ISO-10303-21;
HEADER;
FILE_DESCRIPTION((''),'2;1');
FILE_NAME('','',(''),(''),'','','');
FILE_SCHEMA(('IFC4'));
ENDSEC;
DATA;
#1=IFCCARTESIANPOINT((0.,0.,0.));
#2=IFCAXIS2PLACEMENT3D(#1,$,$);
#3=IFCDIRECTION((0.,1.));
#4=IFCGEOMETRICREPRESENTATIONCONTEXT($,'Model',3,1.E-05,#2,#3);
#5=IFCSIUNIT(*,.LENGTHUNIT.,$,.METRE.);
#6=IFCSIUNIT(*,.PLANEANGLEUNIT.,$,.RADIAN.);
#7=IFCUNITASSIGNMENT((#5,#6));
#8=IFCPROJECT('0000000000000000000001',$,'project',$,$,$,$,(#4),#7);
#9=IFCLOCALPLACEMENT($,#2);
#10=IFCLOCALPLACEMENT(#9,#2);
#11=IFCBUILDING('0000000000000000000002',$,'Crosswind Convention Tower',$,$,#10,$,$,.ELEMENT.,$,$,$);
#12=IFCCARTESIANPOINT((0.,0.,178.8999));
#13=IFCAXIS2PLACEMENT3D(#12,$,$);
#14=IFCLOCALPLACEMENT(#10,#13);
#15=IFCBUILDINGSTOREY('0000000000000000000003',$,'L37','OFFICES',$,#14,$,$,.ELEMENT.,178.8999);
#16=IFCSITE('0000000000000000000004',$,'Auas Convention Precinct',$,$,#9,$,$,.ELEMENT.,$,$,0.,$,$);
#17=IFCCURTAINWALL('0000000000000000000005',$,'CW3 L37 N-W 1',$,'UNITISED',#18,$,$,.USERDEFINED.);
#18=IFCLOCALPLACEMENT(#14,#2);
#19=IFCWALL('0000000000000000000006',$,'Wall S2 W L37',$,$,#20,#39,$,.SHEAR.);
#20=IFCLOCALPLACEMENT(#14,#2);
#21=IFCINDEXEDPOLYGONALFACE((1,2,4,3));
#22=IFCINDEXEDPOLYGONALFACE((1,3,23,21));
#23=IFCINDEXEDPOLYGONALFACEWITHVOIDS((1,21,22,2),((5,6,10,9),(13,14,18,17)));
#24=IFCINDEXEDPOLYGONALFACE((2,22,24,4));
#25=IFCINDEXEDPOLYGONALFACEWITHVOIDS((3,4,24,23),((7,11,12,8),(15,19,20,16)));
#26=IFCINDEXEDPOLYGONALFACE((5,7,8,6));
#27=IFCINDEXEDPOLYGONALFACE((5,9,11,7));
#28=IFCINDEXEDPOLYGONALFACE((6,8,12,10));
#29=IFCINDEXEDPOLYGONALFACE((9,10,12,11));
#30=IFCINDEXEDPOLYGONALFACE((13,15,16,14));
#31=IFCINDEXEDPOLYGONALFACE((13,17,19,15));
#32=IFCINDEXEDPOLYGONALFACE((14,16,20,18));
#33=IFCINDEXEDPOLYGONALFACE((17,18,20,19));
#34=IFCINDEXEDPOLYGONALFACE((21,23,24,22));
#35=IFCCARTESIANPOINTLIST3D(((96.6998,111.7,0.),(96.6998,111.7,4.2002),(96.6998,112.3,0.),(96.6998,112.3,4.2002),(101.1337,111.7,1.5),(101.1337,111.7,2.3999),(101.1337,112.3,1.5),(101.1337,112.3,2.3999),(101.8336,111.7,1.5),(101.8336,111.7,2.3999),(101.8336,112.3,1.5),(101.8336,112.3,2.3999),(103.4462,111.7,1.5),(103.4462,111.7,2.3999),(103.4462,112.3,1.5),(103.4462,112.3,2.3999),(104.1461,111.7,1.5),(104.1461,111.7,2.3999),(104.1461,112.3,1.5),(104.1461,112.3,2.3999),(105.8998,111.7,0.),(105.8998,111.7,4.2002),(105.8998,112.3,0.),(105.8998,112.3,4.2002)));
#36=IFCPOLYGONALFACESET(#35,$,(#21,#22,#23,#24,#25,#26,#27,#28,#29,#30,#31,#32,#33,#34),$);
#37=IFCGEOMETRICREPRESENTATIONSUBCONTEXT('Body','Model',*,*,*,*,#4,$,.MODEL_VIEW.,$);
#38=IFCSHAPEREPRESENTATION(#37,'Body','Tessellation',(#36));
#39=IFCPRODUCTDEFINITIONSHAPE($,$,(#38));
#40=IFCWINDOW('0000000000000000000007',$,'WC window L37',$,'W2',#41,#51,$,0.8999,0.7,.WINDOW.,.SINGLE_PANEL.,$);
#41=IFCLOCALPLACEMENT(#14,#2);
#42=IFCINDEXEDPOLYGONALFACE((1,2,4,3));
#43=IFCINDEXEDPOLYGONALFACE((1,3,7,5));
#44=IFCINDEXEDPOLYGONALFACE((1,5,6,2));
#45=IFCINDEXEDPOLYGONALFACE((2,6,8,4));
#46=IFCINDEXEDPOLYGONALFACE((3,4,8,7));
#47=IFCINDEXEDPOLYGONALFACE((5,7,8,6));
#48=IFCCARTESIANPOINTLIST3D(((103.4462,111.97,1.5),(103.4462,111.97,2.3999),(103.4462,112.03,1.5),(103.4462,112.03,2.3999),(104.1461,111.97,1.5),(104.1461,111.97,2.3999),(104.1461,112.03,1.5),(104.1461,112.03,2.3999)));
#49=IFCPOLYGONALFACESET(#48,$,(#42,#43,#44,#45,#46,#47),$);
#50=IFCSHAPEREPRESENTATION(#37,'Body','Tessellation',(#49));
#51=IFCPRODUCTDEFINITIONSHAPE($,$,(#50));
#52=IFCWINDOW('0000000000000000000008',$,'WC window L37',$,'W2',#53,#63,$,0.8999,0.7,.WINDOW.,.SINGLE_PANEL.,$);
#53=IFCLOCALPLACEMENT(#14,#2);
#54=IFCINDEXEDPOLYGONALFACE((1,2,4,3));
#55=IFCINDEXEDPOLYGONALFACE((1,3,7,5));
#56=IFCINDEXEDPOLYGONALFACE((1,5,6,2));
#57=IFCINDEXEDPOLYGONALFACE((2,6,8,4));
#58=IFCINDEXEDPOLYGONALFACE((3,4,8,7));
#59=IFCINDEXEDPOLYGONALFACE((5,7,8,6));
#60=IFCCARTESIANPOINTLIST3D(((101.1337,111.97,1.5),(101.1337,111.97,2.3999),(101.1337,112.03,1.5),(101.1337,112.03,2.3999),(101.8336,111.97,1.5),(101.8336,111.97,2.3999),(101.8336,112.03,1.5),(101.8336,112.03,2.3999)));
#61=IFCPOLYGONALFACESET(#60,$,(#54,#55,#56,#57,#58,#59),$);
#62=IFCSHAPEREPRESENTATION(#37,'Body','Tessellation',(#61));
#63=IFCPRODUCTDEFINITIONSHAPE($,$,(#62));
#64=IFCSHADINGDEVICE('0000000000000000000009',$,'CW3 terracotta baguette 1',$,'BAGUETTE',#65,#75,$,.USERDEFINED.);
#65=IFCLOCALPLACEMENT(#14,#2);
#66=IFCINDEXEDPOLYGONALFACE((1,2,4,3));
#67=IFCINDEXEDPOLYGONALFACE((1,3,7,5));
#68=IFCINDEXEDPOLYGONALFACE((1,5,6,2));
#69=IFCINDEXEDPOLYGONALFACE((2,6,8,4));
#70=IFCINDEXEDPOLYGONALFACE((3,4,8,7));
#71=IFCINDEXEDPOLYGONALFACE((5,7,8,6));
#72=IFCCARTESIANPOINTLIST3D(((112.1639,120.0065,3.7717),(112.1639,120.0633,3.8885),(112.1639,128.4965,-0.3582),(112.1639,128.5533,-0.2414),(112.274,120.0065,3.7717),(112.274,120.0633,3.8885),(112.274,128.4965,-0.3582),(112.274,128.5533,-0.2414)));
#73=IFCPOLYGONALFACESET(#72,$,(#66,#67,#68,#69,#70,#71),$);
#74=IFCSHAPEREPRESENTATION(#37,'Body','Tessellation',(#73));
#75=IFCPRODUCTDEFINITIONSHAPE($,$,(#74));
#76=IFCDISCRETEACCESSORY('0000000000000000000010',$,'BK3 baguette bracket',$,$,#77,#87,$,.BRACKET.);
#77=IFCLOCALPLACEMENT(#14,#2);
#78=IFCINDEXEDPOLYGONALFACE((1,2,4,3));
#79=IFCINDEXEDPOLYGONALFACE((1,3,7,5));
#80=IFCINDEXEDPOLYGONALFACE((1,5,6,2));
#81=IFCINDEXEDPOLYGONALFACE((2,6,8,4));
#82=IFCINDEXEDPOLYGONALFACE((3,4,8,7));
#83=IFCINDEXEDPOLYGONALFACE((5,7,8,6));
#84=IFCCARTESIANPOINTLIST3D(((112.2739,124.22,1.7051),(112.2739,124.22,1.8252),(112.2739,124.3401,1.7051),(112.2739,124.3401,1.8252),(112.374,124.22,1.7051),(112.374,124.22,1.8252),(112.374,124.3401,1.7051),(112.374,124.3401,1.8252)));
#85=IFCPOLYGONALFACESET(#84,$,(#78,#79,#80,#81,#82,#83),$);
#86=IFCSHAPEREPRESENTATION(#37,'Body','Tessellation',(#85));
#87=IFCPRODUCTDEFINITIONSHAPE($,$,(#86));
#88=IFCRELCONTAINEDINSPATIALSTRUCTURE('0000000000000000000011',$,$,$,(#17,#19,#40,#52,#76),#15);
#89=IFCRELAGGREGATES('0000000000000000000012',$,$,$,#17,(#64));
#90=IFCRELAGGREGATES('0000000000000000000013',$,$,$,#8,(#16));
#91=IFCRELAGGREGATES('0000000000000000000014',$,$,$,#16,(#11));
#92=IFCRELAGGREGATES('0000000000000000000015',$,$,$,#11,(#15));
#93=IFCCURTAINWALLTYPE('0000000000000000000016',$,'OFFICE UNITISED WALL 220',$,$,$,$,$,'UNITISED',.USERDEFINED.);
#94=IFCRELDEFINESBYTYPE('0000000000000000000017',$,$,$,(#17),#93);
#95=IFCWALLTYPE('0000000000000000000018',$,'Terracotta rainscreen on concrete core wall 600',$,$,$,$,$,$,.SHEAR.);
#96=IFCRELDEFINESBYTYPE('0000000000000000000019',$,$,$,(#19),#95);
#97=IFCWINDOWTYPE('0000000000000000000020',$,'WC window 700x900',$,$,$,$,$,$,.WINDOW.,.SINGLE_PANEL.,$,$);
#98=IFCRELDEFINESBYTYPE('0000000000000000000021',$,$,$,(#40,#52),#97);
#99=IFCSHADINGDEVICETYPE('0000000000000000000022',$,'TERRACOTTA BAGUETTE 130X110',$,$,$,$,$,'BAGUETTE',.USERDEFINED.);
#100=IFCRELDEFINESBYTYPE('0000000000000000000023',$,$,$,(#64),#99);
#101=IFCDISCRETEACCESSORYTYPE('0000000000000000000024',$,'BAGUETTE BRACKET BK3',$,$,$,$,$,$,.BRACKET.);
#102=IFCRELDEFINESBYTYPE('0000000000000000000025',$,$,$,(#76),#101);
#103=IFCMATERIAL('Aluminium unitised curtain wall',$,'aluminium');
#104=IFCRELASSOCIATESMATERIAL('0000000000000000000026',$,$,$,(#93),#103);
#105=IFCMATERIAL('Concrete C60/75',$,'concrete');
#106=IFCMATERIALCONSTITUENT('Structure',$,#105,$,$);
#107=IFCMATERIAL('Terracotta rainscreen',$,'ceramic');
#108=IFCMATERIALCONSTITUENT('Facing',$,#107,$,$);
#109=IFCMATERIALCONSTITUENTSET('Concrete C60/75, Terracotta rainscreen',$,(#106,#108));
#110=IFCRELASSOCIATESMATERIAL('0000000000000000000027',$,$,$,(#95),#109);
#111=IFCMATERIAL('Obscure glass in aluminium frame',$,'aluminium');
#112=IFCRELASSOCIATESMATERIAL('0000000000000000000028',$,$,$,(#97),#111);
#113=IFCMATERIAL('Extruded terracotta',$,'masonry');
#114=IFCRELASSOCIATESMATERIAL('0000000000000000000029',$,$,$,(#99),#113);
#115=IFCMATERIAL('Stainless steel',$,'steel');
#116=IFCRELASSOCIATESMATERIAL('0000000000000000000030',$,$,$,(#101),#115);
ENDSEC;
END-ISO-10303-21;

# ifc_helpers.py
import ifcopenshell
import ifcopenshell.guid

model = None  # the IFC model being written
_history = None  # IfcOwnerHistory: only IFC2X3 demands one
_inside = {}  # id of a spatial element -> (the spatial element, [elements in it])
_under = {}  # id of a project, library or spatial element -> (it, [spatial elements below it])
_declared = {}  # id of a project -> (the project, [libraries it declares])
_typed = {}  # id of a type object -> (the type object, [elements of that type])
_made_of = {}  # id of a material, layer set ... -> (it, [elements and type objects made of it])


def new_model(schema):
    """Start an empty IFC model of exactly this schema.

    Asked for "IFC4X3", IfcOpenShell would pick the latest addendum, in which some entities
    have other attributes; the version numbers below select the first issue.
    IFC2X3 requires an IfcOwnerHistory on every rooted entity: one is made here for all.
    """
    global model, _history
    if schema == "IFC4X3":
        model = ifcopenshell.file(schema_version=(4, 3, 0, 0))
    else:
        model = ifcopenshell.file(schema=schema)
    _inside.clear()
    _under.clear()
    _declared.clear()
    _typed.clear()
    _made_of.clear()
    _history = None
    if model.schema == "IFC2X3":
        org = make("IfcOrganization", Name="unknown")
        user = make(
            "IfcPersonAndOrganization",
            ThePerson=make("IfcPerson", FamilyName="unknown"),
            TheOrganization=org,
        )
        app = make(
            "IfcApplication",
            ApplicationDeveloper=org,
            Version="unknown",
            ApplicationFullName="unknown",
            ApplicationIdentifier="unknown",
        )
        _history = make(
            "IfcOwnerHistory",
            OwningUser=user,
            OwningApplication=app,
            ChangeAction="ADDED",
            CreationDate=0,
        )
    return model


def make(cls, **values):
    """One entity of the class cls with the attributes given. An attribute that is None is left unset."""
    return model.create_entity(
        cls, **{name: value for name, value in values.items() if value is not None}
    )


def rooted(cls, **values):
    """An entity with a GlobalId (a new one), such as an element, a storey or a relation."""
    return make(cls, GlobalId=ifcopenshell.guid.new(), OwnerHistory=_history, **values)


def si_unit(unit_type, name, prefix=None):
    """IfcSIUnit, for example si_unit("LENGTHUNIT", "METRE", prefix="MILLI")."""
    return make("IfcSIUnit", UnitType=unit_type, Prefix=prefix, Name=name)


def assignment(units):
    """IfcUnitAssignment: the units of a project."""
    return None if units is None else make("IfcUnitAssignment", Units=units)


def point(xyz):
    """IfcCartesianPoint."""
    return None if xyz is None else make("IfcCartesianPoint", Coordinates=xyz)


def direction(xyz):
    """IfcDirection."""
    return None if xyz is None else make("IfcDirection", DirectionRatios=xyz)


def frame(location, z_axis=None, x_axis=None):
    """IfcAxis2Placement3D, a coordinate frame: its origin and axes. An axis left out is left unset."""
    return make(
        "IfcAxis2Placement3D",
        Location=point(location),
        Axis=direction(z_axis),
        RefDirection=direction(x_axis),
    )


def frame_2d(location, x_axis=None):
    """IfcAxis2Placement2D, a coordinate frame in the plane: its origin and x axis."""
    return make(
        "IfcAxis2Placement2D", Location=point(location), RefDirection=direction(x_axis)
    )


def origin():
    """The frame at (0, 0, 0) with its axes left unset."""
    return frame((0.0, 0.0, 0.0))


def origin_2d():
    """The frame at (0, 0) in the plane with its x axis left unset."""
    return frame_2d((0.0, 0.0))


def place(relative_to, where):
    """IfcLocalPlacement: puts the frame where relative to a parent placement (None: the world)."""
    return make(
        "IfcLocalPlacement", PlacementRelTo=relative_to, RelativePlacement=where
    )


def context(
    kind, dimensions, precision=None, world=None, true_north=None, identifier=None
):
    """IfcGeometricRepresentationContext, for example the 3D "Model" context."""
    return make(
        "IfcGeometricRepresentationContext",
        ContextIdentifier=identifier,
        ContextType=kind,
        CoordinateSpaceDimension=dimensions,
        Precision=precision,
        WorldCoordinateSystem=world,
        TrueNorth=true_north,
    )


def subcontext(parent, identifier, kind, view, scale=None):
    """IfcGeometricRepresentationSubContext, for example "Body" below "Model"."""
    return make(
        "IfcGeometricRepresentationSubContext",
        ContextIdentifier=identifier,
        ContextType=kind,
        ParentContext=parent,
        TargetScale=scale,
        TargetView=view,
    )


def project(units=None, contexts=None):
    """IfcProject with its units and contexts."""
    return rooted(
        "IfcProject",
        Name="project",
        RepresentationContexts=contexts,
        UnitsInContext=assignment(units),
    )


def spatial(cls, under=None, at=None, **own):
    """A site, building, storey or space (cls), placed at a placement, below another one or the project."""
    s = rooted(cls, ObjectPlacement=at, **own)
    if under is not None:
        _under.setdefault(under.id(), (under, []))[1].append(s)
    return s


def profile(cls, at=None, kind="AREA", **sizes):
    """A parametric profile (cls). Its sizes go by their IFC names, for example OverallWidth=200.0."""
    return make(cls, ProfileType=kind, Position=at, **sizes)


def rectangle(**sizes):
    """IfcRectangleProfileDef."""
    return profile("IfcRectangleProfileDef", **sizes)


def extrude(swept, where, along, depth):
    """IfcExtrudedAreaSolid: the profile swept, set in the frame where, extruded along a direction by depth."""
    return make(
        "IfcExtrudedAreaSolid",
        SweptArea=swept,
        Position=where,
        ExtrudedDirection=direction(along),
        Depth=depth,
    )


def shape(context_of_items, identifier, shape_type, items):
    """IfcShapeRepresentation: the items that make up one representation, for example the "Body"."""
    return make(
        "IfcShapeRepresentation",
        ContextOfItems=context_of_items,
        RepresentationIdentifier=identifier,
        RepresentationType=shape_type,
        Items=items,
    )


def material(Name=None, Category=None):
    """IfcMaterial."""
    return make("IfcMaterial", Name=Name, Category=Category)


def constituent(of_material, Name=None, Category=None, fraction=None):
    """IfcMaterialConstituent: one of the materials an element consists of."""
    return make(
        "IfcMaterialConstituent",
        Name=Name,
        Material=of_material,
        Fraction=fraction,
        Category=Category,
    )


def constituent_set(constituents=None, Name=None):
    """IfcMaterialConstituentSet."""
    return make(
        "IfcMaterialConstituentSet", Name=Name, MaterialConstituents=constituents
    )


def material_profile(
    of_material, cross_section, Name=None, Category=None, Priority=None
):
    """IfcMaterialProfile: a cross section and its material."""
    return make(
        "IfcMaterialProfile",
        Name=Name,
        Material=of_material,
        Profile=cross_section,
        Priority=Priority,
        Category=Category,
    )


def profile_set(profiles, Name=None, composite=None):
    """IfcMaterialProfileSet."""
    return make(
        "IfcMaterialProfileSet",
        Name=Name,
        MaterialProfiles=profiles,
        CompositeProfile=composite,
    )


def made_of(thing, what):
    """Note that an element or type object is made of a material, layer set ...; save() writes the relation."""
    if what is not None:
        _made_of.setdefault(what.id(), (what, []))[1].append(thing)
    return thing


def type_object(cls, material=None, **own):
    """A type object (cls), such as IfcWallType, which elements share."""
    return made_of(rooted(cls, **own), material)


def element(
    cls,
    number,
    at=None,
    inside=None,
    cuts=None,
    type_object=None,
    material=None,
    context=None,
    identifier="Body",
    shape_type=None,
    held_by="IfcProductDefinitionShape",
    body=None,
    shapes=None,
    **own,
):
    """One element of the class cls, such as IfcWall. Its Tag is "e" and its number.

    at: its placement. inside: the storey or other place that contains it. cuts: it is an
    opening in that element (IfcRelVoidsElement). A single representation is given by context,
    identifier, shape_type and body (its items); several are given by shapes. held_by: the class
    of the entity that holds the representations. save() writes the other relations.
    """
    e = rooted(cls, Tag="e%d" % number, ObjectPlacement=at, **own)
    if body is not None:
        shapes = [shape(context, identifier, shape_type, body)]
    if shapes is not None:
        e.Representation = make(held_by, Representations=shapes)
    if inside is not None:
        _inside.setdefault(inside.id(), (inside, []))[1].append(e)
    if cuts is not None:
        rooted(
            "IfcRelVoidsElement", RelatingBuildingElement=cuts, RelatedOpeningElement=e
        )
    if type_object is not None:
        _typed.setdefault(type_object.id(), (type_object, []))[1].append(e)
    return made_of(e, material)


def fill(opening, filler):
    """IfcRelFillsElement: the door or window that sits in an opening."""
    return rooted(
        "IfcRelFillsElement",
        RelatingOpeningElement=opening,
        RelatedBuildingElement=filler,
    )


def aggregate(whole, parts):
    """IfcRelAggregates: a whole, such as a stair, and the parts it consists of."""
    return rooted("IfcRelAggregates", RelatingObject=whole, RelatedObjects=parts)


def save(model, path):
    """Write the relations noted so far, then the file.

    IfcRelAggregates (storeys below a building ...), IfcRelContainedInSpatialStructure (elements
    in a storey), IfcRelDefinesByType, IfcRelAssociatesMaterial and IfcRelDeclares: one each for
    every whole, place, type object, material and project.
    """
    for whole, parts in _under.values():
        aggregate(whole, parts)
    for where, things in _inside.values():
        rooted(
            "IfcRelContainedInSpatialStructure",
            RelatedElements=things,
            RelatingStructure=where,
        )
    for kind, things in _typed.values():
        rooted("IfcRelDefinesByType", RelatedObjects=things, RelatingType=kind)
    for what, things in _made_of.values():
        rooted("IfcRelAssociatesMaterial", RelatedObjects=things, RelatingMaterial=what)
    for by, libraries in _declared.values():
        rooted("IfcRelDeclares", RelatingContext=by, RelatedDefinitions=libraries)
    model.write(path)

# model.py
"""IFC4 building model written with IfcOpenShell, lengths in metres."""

from ifc_helpers import new_model, si_unit, direction, frame, frame_2d, origin, origin_2d, place, context, subcontext, project, spatial, rectangle, extrude, material, constituent, constituent_set, material_profile, profile_set, type_object, element, fill, aggregate, save


model = new_model("IFC4")

# Units and contexts
model_context = context("Model", 3, precision=1e-05, world=origin(), true_north=direction((0.0, 1.0)))
body_context = subcontext(model_context, "Body", "Model", "MODEL_VIEW")
ifc_project = project(units=[si_unit("LENGTHUNIT", "METRE"), si_unit("PLANEANGLEUNIT", "RADIAN")], contexts=[model_context])

# Site, building, storey
site_placement = place(None, origin())
site = spatial("IfcSite", under=ifc_project, at=site_placement, Name="Auas Convention Precinct", CompositionType="ELEMENT", RefElevation=0.0)
building_placement = place(site_placement, origin())
building = spatial("IfcBuilding", under=site, at=building_placement, Name="Crosswind Convention Tower", CompositionType="ELEMENT")
storey_placement = place(building_placement, frame((0.0, 0.0, 178.8999)))
storey = spatial("IfcBuildingStorey", under=building, at=storey_placement, Name="L37", Description="OFFICES", CompositionType="ELEMENT", Elevation=178.8999)

# Shared definitions
ifc_material_1 = material(Name="Aluminium unitised curtain wall", Category="aluminium")

# Curtain wall
curtain_wall_type_1 = type_object("IfcCurtainWallType", Name="OFFICE UNITISED WALL 220", ElementType="UNITISED", PredefinedType="USERDEFINED", material=ifc_material_1)
curtain_wall_1_placement = place(storey_placement, origin())
curtain_wall_1 = element("IfcCurtainWall", 1, at=curtain_wall_1_placement, inside=storey, type_object=curtain_wall_type_1, Name="CW3 L37 N-W 1", ObjectType="UNITISED", PredefinedType="USERDEFINED")

# Shared definitions
ifc_material_2 = material(Name="Concrete C60/75", Category="concrete")
ifc_constituent_1 = constituent(ifc_material_2, Name="Structure")
ifc_material_3 = material(Name="Terracotta rainscreen", Category="ceramic")
ifc_constituent_2 = constituent(ifc_material_3, Name="Facing")
ifc_constituent_set = constituent_set(constituents=[ifc_constituent_1, ifc_constituent_2], Name="Concrete C60/75, Terracotta rainscreen")
wall_type_1 = type_object("IfcWallType", Name="Terracotta rainscreen on concrete core wall 600", PredefinedType="SHEAR", material=ifc_constituent_set)

# Wall, openings, windows
wall_1_placement = place(storey_placement, frame((105.8999, 112.0, 0.0), z_axis=(0.0, 0.0, 1.0), x_axis=(-1.0, 0.0, 0.0)))
wall_1 = element("IfcWall", 2, at=wall_1_placement, inside=storey, type_object=wall_type_1, Name="Wall S2 W L37", PredefinedType="SHEAR", context=body_context, shape_type="SweptSolid", body=[
    extrude(rectangle(XDim=9.2, YDim=0.6001, at=frame_2d((4.6001, 0.0))), origin(), (0.0, 0.0, 1.0), 4.2002),
])
opening_1_placement = place(wall_1_placement, frame((1.7537, 0.0, 1.5)))
opening_1 = element("IfcOpeningElement", 3, at=opening_1_placement, cuts=wall_1, PredefinedType="OPENING", context=body_context, shape_type="SweptSolid", body=[
    extrude(rectangle(XDim=0.7, YDim=0.8999, at=frame_2d((0.3501, 0.45))), frame((0.0, 0.3101, 0.0), z_axis=(0.0, -1.0, 0.0), x_axis=(1.0, 0.0, 0.0)), (0.0, 0.0, 1.0), 0.6201),
])
opening_2_placement = place(wall_1_placement, frame((4.0662, 0.0, 1.5)))
opening_2 = element("IfcOpeningElement", 4, at=opening_2_placement, cuts=wall_1, PredefinedType="OPENING", context=body_context, shape_type="SweptSolid", body=[
    extrude(rectangle(XDim=0.7, YDim=0.8999, at=frame_2d((0.3501, 0.45))), frame((0.0, 0.3101, 0.0), z_axis=(0.0, -1.0, 0.0), x_axis=(1.0, 0.0, 0.0)), (0.0, 0.0, 1.0), 0.6201),
])
ifc_material_4 = material(Name="Obscure glass in aluminium frame", Category="aluminium")
window_type = type_object("IfcWindowType", Name="WC window 700x900", PartitioningType="SINGLE_PANEL", PredefinedType="WINDOW", material=ifc_material_4)
window_1_placement = place(opening_1_placement, origin())
window_1 = element("IfcWindow", 5, at=window_1_placement, inside=storey, type_object=window_type, Name="WC window L37", ObjectType="W2", OverallHeight=0.8999, OverallWidth=0.7, PartitioningType="SINGLE_PANEL", PredefinedType="WINDOW", context=body_context, shape_type="SweptSolid", body=[
    extrude(rectangle(XDim=0.7, YDim=0.8999, at=frame_2d((0.3501, 0.45))), frame((0.0, 0.03, 0.0), z_axis=(0.0, -1.0, 0.0), x_axis=(1.0, 0.0, 0.0)), (0.0, 0.0, 1.0), 0.0601),
])
fill(opening_1, window_1)
window_2_placement = place(opening_2_placement, origin())
window_2 = element("IfcWindow", 6, at=window_2_placement, inside=storey, type_object=window_type, Name="WC window L37", ObjectType="W2", OverallHeight=0.8999, OverallWidth=0.7, PartitioningType="SINGLE_PANEL", PredefinedType="WINDOW", context=body_context, shape_type="SweptSolid", body=[
    extrude(rectangle(XDim=0.7, YDim=0.8999, at=frame_2d((0.3501, 0.45))), frame((0.0, 0.03, 0.0), z_axis=(0.0, -1.0, 0.0), x_axis=(1.0, 0.0, 0.0)), (0.0, 0.0, 1.0), 0.0601),
])
fill(opening_2, window_2)

# Shading device
ifc_material_5 = material(Name="Extruded terracotta", Category="masonry")
ifc_material_profile_1 = material_profile(ifc_material_5, rectangle(XDim=0.1101, YDim=0.1299, at=origin_2d()), Name="TC 110X130")
ifc_profile_set_1 = profile_set([ifc_material_profile_1], Name="Extruded terracotta")
shading_device_type = type_object("IfcShadingDeviceType", Name="TERRACOTTA BAGUETTE 130X110", ElementType="BAGUETTE", PredefinedType="USERDEFINED", material=ifc_profile_set_1)
shading_device_placement = place(storey_placement, frame((112.219, 128.5249, -0.2998), z_axis=(0.0, -0.899251, 0.437433), x_axis=(1.0, 0.0, 0.0)))
shading_device = element("IfcShadingDevice", 7, at=shading_device_placement, type_object=shading_device_type, Name="CW3 terracotta baguette 1", ObjectType="BAGUETTE", PredefinedType="USERDEFINED", context=body_context, shape_type="SweptSolid", body=[
    extrude(rectangle(XDim=0.1101, YDim=0.1299, at=origin_2d()), origin(), (0.0, 0.0, 1.0), 9.4412),
])
aggregate(curtain_wall_1, [shading_device])

# Discrete accessory
ifc_material_6 = material(Name="Stainless steel", Category="steel")
discrete_accessory_type = type_object("IfcDiscreteAccessoryType", Name="BAGUETTE BRACKET BK3", PredefinedType="BRACKET", material=ifc_material_6)
discrete_accessory_placement = place(storey_placement, frame((112.324, 124.28, 1.7051), z_axis=(0.0, 0.0, 1.0), x_axis=(0.0, -1.0, 0.0)))
element("IfcDiscreteAccessory", 8, at=discrete_accessory_placement, inside=storey, type_object=discrete_accessory_type, Name="BK3 baguette bracket", PredefinedType="BRACKET", context=body_context, shape_type="SweptSolid", body=[
    extrude(rectangle(XDim=0.1201, YDim=0.1001, at=origin_2d()), origin(), (0.0, 0.0, 1.0), 0.1201),
])

save(model, "model.ifc")
